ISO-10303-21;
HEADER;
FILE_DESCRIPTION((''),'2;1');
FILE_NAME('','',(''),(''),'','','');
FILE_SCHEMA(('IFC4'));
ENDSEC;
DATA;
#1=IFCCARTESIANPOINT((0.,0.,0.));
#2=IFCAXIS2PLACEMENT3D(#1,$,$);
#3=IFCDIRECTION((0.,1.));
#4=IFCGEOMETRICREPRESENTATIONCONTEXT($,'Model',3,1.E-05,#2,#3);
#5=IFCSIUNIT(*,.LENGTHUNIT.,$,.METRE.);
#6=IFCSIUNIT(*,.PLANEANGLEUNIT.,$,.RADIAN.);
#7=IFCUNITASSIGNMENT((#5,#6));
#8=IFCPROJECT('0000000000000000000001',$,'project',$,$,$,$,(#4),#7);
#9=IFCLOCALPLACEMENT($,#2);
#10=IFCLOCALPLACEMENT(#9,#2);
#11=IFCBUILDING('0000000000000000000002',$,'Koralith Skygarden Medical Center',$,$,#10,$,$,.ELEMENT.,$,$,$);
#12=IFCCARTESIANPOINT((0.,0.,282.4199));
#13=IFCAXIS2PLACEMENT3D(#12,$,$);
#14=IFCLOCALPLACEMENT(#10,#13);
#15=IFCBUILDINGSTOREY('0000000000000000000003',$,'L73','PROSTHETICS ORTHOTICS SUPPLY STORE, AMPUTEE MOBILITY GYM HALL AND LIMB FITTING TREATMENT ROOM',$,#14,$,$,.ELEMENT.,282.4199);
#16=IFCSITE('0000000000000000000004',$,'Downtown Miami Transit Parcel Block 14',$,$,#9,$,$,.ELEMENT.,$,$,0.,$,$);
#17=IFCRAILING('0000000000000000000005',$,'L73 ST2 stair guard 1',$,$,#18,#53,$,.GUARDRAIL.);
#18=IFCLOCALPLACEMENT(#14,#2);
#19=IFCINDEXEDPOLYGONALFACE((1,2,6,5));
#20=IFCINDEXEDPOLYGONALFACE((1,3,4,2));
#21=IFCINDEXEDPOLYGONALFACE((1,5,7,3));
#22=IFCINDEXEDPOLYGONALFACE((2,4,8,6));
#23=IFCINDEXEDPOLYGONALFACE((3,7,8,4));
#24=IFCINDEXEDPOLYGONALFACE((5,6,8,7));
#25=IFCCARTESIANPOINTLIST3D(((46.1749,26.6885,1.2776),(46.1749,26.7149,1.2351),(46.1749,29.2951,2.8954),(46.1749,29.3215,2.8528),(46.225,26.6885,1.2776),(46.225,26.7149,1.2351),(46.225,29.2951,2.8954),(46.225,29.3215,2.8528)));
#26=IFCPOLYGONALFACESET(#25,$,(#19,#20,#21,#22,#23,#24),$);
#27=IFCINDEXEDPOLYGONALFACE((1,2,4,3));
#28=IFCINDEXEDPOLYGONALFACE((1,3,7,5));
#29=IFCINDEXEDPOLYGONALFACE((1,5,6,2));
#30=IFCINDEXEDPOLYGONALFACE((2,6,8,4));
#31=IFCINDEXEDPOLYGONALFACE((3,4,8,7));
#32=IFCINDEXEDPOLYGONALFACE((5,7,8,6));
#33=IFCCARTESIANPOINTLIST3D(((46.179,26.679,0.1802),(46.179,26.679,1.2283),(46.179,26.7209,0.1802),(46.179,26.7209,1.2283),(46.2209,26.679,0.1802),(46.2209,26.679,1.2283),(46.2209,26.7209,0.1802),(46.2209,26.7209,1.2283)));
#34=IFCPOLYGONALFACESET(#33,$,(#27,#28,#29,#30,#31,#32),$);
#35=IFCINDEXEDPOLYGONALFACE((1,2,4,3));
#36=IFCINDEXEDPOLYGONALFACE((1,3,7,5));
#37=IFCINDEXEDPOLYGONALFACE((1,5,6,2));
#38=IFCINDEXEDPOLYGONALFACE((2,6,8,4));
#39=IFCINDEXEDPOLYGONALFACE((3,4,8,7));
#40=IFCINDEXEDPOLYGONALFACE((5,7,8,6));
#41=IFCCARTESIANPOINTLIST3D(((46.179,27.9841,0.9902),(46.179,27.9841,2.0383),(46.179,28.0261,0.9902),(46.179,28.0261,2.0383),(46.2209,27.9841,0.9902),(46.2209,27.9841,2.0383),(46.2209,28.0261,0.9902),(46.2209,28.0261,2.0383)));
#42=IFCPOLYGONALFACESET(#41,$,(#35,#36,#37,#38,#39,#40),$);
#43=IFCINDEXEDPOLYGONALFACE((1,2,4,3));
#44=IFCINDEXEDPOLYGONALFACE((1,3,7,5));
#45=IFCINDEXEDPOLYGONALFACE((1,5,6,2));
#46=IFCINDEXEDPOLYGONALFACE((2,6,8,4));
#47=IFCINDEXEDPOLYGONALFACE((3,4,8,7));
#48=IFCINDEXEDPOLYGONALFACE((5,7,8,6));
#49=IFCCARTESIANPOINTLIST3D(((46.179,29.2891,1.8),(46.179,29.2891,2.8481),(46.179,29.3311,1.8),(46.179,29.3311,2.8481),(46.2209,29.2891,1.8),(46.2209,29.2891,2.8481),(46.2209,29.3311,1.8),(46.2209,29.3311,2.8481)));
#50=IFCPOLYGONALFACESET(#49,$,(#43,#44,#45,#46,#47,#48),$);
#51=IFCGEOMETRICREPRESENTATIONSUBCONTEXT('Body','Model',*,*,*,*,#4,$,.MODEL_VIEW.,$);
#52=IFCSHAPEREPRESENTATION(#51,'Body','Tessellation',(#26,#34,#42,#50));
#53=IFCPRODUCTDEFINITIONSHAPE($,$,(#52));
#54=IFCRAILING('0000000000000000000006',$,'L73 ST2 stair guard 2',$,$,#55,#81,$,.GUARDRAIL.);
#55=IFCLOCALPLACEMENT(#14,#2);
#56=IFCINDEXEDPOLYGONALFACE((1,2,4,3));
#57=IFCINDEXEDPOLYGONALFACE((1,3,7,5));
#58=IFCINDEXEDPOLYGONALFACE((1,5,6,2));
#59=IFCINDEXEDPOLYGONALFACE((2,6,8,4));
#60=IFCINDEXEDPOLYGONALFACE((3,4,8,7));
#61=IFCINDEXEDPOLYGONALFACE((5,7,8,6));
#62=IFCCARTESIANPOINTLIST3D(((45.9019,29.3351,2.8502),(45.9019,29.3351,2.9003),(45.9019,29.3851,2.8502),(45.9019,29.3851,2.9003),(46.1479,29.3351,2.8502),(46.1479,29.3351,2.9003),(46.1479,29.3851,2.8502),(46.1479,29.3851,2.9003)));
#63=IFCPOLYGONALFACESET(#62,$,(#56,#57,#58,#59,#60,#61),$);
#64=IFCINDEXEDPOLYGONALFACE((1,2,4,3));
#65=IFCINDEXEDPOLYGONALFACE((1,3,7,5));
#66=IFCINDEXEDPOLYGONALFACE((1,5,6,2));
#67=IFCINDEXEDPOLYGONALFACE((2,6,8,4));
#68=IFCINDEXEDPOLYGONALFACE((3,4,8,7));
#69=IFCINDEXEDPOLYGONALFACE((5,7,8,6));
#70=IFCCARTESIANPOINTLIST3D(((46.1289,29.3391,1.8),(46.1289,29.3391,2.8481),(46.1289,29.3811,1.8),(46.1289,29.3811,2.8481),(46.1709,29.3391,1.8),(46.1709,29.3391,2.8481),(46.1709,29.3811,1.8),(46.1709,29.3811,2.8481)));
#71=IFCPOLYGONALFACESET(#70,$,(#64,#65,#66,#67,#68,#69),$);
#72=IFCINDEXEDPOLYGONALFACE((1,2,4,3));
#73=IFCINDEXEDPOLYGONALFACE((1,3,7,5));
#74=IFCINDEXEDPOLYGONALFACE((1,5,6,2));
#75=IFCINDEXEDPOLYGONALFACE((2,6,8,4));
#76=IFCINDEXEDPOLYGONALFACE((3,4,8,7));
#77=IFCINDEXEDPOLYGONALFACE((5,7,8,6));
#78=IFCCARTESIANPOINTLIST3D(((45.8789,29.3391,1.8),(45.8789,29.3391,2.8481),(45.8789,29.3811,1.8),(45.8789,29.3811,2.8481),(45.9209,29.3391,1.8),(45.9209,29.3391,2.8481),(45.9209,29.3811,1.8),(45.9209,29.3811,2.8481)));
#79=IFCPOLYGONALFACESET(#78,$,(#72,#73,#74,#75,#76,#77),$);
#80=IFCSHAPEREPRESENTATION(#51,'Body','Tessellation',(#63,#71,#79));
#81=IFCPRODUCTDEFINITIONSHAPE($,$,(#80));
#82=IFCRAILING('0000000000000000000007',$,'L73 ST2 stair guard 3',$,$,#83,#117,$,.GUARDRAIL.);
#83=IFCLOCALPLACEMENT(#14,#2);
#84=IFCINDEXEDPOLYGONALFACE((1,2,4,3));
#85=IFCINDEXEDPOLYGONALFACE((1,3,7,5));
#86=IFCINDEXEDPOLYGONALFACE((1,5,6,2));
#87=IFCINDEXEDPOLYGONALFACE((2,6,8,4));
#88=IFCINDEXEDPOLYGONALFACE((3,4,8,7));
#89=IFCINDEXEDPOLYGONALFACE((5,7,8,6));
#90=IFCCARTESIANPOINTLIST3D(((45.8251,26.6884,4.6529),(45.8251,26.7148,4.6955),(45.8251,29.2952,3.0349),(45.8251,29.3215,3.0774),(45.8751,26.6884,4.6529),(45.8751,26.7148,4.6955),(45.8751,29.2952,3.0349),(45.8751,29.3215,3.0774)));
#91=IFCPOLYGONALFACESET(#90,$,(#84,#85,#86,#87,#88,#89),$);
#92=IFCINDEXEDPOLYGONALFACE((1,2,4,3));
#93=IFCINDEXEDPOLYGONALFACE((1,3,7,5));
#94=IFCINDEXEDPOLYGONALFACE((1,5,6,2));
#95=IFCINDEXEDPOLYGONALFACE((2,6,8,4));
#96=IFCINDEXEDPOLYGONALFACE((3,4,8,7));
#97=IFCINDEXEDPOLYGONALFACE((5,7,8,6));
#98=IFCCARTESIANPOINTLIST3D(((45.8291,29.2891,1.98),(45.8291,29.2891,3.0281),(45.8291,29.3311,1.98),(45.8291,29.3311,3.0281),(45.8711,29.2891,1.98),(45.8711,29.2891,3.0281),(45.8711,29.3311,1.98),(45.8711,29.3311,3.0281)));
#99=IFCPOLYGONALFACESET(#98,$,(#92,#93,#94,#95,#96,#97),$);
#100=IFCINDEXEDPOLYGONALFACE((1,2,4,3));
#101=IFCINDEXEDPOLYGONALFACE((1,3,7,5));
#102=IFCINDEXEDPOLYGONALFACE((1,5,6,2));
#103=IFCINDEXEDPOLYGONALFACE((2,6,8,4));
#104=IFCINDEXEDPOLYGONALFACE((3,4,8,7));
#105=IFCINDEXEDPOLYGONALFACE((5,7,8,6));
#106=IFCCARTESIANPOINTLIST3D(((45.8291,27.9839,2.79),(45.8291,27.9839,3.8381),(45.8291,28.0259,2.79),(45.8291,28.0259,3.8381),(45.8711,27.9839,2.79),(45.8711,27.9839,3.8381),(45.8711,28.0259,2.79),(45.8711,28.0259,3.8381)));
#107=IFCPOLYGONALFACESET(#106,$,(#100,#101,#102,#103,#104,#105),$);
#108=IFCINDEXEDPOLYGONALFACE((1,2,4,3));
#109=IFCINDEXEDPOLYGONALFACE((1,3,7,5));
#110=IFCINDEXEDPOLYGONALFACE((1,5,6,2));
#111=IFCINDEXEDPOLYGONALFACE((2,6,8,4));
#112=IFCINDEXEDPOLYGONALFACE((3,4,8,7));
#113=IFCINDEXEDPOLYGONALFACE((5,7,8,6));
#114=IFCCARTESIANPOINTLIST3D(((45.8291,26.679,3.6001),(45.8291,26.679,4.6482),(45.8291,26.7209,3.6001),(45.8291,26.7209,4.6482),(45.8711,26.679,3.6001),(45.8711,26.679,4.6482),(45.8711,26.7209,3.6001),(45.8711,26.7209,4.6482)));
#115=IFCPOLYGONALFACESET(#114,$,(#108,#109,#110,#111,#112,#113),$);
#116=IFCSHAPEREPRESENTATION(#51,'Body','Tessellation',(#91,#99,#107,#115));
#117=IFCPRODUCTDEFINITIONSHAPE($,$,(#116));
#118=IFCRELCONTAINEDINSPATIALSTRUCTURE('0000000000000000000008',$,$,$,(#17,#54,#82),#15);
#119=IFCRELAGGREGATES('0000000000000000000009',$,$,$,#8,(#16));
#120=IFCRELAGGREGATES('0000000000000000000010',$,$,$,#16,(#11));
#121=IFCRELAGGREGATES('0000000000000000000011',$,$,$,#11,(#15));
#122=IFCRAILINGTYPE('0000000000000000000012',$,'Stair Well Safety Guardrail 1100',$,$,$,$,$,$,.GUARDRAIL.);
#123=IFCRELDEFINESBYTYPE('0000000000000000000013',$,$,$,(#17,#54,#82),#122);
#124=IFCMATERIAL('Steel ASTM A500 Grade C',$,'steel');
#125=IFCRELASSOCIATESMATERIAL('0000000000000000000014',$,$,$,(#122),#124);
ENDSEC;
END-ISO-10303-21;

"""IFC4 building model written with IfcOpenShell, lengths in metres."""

from ifc_helpers import new_model, si_unit, direction, frame, origin, origin_2d, place, context, subcontext, project, spatial, rectangle, extrude, material, type_object, element, save


model = new_model("IFC4")

# Units and contexts
model_context = context("Model", 3, precision=1e-05, world=origin(), true_north=direction((0.0, 1.0)))
body_context = subcontext(model_context, "Body", "Model", "MODEL_VIEW")
ifc_project = project(units=[si_unit("LENGTHUNIT", "METRE"), si_unit("PLANEANGLEUNIT", "RADIAN")], contexts=[model_context])

# Site, building, storey
site_placement = place(None, origin())
site = spatial("IfcSite", under=ifc_project, at=site_placement, Name="Downtown Miami Transit Parcel Block 14", CompositionType="ELEMENT", RefElevation=0.0)
building_placement = place(site_placement, origin())
building = spatial("IfcBuilding", under=site, at=building_placement, Name="Koralith Skygarden Medical Center", CompositionType="ELEMENT")
storey_placement = place(building_placement, frame((0.0, 0.0, 282.4199)))
storey = spatial("IfcBuildingStorey", under=building, at=storey_placement, Name="L73", Description="PROSTHETICS ORTHOTICS SUPPLY STORE, AMPUTEE MOBILITY GYM HALL AND LIMB FITTING TREATMENT ROOM", CompositionType="ELEMENT", Elevation=282.4199)

# Shared definitions
ifc_material_1 = material(Name="Steel ASTM A500 Grade C", Category="steel")

# Railings
railing_type_1 = type_object("IfcRailingType", Name="Stair Well Safety Guardrail 1100", PredefinedType="GUARDRAIL", material=ifc_material_1)
railing_1_placement = place(storey_placement, frame((46.2, 26.7, 0.1802)))
element("IfcRailing", 1, at=railing_1_placement, inside=storey, type_object=railing_type_1, Name="L73 ST2 stair guard 1", PredefinedType="GUARDRAIL", context=body_context, shape_type="SweptSolid", body=[
    extrude(rectangle(XDim=0.05, YDim=0.05, at=origin_2d()), frame((0.0, 0.0017, 1.0762), z_axis=(0.0, 0.849668, 0.527317), x_axis=(-1.0, 0.0, 0.0)), (0.0, 0.0, 1.0), 3.0679),
    extrude(rectangle(XDim=0.042, YDim=0.042, at=origin_2d()), origin(), (0.0, 0.0, 1.0), 1.0481),
    extrude(rectangle(XDim=0.042, YDim=0.042, at=origin_2d()), frame((0.0, 1.3052, 0.8101)), (0.0, 0.0, 1.0), 1.0481),
    extrude(rectangle(XDim=0.042, YDim=0.042, at=origin_2d()), frame((0.0, 2.6101, 1.6199)), (0.0, 0.0, 1.0), 1.0481),
])
railing_2_placement = place(storey_placement, frame((46.1499, 29.3601, 1.8)))
element("IfcRailing", 2, at=railing_2_placement, inside=storey, type_object=railing_type_1, Name="L73 ST2 stair guard 2", PredefinedType="GUARDRAIL", context=body_context, shape_type="SweptSolid", body=[
    extrude(rectangle(XDim=0.05, YDim=0.05, at=origin_2d()), frame((-0.002, 0.0, 1.0752), z_axis=(-1.0, 0.0, 0.0), x_axis=(0.0, -1.0, 0.0)), (0.0, 0.0, 1.0), 0.2461),
    extrude(rectangle(XDim=0.042, YDim=0.042, at=origin_2d()), origin(), (0.0, 0.0, 1.0), 1.0481),
    extrude(rectangle(XDim=0.042, YDim=0.042, at=origin_2d()), frame((-0.25, 0.0, 0.0)), (0.0, 0.0, 1.0), 1.0481),
])
railing_3_placement = place(storey_placement, frame((45.8501, 29.3101, 1.98)))
element("IfcRailing", 3, at=railing_3_placement, inside=storey, type_object=railing_type_1, Name="L73 ST2 stair guard 3", PredefinedType="GUARDRAIL", context=body_context, shape_type="SweptSolid", body=[
    extrude(rectangle(XDim=0.05, YDim=0.05, at=origin_2d()), frame((0.0, -0.0017, 1.0762), z_axis=(0.0, -0.849633, 0.527375), x_axis=(1.0, 0.0, 0.0)), (0.0, 0.0, 1.0), 3.0681),
    extrude(rectangle(XDim=0.042, YDim=0.042, at=origin_2d()), origin(), (0.0, 0.0, 1.0), 1.0481),
    extrude(rectangle(XDim=0.042, YDim=0.042, at=origin_2d()), frame((0.0, -1.3052, 0.8101)), (0.0, 0.0, 1.0), 1.0481),
    extrude(rectangle(XDim=0.042, YDim=0.042, at=origin_2d()), frame((0.0, -2.6101, 1.6201)), (0.0, 0.0, 1.0), 1.0481),
])

save(model, "model.ifc")
